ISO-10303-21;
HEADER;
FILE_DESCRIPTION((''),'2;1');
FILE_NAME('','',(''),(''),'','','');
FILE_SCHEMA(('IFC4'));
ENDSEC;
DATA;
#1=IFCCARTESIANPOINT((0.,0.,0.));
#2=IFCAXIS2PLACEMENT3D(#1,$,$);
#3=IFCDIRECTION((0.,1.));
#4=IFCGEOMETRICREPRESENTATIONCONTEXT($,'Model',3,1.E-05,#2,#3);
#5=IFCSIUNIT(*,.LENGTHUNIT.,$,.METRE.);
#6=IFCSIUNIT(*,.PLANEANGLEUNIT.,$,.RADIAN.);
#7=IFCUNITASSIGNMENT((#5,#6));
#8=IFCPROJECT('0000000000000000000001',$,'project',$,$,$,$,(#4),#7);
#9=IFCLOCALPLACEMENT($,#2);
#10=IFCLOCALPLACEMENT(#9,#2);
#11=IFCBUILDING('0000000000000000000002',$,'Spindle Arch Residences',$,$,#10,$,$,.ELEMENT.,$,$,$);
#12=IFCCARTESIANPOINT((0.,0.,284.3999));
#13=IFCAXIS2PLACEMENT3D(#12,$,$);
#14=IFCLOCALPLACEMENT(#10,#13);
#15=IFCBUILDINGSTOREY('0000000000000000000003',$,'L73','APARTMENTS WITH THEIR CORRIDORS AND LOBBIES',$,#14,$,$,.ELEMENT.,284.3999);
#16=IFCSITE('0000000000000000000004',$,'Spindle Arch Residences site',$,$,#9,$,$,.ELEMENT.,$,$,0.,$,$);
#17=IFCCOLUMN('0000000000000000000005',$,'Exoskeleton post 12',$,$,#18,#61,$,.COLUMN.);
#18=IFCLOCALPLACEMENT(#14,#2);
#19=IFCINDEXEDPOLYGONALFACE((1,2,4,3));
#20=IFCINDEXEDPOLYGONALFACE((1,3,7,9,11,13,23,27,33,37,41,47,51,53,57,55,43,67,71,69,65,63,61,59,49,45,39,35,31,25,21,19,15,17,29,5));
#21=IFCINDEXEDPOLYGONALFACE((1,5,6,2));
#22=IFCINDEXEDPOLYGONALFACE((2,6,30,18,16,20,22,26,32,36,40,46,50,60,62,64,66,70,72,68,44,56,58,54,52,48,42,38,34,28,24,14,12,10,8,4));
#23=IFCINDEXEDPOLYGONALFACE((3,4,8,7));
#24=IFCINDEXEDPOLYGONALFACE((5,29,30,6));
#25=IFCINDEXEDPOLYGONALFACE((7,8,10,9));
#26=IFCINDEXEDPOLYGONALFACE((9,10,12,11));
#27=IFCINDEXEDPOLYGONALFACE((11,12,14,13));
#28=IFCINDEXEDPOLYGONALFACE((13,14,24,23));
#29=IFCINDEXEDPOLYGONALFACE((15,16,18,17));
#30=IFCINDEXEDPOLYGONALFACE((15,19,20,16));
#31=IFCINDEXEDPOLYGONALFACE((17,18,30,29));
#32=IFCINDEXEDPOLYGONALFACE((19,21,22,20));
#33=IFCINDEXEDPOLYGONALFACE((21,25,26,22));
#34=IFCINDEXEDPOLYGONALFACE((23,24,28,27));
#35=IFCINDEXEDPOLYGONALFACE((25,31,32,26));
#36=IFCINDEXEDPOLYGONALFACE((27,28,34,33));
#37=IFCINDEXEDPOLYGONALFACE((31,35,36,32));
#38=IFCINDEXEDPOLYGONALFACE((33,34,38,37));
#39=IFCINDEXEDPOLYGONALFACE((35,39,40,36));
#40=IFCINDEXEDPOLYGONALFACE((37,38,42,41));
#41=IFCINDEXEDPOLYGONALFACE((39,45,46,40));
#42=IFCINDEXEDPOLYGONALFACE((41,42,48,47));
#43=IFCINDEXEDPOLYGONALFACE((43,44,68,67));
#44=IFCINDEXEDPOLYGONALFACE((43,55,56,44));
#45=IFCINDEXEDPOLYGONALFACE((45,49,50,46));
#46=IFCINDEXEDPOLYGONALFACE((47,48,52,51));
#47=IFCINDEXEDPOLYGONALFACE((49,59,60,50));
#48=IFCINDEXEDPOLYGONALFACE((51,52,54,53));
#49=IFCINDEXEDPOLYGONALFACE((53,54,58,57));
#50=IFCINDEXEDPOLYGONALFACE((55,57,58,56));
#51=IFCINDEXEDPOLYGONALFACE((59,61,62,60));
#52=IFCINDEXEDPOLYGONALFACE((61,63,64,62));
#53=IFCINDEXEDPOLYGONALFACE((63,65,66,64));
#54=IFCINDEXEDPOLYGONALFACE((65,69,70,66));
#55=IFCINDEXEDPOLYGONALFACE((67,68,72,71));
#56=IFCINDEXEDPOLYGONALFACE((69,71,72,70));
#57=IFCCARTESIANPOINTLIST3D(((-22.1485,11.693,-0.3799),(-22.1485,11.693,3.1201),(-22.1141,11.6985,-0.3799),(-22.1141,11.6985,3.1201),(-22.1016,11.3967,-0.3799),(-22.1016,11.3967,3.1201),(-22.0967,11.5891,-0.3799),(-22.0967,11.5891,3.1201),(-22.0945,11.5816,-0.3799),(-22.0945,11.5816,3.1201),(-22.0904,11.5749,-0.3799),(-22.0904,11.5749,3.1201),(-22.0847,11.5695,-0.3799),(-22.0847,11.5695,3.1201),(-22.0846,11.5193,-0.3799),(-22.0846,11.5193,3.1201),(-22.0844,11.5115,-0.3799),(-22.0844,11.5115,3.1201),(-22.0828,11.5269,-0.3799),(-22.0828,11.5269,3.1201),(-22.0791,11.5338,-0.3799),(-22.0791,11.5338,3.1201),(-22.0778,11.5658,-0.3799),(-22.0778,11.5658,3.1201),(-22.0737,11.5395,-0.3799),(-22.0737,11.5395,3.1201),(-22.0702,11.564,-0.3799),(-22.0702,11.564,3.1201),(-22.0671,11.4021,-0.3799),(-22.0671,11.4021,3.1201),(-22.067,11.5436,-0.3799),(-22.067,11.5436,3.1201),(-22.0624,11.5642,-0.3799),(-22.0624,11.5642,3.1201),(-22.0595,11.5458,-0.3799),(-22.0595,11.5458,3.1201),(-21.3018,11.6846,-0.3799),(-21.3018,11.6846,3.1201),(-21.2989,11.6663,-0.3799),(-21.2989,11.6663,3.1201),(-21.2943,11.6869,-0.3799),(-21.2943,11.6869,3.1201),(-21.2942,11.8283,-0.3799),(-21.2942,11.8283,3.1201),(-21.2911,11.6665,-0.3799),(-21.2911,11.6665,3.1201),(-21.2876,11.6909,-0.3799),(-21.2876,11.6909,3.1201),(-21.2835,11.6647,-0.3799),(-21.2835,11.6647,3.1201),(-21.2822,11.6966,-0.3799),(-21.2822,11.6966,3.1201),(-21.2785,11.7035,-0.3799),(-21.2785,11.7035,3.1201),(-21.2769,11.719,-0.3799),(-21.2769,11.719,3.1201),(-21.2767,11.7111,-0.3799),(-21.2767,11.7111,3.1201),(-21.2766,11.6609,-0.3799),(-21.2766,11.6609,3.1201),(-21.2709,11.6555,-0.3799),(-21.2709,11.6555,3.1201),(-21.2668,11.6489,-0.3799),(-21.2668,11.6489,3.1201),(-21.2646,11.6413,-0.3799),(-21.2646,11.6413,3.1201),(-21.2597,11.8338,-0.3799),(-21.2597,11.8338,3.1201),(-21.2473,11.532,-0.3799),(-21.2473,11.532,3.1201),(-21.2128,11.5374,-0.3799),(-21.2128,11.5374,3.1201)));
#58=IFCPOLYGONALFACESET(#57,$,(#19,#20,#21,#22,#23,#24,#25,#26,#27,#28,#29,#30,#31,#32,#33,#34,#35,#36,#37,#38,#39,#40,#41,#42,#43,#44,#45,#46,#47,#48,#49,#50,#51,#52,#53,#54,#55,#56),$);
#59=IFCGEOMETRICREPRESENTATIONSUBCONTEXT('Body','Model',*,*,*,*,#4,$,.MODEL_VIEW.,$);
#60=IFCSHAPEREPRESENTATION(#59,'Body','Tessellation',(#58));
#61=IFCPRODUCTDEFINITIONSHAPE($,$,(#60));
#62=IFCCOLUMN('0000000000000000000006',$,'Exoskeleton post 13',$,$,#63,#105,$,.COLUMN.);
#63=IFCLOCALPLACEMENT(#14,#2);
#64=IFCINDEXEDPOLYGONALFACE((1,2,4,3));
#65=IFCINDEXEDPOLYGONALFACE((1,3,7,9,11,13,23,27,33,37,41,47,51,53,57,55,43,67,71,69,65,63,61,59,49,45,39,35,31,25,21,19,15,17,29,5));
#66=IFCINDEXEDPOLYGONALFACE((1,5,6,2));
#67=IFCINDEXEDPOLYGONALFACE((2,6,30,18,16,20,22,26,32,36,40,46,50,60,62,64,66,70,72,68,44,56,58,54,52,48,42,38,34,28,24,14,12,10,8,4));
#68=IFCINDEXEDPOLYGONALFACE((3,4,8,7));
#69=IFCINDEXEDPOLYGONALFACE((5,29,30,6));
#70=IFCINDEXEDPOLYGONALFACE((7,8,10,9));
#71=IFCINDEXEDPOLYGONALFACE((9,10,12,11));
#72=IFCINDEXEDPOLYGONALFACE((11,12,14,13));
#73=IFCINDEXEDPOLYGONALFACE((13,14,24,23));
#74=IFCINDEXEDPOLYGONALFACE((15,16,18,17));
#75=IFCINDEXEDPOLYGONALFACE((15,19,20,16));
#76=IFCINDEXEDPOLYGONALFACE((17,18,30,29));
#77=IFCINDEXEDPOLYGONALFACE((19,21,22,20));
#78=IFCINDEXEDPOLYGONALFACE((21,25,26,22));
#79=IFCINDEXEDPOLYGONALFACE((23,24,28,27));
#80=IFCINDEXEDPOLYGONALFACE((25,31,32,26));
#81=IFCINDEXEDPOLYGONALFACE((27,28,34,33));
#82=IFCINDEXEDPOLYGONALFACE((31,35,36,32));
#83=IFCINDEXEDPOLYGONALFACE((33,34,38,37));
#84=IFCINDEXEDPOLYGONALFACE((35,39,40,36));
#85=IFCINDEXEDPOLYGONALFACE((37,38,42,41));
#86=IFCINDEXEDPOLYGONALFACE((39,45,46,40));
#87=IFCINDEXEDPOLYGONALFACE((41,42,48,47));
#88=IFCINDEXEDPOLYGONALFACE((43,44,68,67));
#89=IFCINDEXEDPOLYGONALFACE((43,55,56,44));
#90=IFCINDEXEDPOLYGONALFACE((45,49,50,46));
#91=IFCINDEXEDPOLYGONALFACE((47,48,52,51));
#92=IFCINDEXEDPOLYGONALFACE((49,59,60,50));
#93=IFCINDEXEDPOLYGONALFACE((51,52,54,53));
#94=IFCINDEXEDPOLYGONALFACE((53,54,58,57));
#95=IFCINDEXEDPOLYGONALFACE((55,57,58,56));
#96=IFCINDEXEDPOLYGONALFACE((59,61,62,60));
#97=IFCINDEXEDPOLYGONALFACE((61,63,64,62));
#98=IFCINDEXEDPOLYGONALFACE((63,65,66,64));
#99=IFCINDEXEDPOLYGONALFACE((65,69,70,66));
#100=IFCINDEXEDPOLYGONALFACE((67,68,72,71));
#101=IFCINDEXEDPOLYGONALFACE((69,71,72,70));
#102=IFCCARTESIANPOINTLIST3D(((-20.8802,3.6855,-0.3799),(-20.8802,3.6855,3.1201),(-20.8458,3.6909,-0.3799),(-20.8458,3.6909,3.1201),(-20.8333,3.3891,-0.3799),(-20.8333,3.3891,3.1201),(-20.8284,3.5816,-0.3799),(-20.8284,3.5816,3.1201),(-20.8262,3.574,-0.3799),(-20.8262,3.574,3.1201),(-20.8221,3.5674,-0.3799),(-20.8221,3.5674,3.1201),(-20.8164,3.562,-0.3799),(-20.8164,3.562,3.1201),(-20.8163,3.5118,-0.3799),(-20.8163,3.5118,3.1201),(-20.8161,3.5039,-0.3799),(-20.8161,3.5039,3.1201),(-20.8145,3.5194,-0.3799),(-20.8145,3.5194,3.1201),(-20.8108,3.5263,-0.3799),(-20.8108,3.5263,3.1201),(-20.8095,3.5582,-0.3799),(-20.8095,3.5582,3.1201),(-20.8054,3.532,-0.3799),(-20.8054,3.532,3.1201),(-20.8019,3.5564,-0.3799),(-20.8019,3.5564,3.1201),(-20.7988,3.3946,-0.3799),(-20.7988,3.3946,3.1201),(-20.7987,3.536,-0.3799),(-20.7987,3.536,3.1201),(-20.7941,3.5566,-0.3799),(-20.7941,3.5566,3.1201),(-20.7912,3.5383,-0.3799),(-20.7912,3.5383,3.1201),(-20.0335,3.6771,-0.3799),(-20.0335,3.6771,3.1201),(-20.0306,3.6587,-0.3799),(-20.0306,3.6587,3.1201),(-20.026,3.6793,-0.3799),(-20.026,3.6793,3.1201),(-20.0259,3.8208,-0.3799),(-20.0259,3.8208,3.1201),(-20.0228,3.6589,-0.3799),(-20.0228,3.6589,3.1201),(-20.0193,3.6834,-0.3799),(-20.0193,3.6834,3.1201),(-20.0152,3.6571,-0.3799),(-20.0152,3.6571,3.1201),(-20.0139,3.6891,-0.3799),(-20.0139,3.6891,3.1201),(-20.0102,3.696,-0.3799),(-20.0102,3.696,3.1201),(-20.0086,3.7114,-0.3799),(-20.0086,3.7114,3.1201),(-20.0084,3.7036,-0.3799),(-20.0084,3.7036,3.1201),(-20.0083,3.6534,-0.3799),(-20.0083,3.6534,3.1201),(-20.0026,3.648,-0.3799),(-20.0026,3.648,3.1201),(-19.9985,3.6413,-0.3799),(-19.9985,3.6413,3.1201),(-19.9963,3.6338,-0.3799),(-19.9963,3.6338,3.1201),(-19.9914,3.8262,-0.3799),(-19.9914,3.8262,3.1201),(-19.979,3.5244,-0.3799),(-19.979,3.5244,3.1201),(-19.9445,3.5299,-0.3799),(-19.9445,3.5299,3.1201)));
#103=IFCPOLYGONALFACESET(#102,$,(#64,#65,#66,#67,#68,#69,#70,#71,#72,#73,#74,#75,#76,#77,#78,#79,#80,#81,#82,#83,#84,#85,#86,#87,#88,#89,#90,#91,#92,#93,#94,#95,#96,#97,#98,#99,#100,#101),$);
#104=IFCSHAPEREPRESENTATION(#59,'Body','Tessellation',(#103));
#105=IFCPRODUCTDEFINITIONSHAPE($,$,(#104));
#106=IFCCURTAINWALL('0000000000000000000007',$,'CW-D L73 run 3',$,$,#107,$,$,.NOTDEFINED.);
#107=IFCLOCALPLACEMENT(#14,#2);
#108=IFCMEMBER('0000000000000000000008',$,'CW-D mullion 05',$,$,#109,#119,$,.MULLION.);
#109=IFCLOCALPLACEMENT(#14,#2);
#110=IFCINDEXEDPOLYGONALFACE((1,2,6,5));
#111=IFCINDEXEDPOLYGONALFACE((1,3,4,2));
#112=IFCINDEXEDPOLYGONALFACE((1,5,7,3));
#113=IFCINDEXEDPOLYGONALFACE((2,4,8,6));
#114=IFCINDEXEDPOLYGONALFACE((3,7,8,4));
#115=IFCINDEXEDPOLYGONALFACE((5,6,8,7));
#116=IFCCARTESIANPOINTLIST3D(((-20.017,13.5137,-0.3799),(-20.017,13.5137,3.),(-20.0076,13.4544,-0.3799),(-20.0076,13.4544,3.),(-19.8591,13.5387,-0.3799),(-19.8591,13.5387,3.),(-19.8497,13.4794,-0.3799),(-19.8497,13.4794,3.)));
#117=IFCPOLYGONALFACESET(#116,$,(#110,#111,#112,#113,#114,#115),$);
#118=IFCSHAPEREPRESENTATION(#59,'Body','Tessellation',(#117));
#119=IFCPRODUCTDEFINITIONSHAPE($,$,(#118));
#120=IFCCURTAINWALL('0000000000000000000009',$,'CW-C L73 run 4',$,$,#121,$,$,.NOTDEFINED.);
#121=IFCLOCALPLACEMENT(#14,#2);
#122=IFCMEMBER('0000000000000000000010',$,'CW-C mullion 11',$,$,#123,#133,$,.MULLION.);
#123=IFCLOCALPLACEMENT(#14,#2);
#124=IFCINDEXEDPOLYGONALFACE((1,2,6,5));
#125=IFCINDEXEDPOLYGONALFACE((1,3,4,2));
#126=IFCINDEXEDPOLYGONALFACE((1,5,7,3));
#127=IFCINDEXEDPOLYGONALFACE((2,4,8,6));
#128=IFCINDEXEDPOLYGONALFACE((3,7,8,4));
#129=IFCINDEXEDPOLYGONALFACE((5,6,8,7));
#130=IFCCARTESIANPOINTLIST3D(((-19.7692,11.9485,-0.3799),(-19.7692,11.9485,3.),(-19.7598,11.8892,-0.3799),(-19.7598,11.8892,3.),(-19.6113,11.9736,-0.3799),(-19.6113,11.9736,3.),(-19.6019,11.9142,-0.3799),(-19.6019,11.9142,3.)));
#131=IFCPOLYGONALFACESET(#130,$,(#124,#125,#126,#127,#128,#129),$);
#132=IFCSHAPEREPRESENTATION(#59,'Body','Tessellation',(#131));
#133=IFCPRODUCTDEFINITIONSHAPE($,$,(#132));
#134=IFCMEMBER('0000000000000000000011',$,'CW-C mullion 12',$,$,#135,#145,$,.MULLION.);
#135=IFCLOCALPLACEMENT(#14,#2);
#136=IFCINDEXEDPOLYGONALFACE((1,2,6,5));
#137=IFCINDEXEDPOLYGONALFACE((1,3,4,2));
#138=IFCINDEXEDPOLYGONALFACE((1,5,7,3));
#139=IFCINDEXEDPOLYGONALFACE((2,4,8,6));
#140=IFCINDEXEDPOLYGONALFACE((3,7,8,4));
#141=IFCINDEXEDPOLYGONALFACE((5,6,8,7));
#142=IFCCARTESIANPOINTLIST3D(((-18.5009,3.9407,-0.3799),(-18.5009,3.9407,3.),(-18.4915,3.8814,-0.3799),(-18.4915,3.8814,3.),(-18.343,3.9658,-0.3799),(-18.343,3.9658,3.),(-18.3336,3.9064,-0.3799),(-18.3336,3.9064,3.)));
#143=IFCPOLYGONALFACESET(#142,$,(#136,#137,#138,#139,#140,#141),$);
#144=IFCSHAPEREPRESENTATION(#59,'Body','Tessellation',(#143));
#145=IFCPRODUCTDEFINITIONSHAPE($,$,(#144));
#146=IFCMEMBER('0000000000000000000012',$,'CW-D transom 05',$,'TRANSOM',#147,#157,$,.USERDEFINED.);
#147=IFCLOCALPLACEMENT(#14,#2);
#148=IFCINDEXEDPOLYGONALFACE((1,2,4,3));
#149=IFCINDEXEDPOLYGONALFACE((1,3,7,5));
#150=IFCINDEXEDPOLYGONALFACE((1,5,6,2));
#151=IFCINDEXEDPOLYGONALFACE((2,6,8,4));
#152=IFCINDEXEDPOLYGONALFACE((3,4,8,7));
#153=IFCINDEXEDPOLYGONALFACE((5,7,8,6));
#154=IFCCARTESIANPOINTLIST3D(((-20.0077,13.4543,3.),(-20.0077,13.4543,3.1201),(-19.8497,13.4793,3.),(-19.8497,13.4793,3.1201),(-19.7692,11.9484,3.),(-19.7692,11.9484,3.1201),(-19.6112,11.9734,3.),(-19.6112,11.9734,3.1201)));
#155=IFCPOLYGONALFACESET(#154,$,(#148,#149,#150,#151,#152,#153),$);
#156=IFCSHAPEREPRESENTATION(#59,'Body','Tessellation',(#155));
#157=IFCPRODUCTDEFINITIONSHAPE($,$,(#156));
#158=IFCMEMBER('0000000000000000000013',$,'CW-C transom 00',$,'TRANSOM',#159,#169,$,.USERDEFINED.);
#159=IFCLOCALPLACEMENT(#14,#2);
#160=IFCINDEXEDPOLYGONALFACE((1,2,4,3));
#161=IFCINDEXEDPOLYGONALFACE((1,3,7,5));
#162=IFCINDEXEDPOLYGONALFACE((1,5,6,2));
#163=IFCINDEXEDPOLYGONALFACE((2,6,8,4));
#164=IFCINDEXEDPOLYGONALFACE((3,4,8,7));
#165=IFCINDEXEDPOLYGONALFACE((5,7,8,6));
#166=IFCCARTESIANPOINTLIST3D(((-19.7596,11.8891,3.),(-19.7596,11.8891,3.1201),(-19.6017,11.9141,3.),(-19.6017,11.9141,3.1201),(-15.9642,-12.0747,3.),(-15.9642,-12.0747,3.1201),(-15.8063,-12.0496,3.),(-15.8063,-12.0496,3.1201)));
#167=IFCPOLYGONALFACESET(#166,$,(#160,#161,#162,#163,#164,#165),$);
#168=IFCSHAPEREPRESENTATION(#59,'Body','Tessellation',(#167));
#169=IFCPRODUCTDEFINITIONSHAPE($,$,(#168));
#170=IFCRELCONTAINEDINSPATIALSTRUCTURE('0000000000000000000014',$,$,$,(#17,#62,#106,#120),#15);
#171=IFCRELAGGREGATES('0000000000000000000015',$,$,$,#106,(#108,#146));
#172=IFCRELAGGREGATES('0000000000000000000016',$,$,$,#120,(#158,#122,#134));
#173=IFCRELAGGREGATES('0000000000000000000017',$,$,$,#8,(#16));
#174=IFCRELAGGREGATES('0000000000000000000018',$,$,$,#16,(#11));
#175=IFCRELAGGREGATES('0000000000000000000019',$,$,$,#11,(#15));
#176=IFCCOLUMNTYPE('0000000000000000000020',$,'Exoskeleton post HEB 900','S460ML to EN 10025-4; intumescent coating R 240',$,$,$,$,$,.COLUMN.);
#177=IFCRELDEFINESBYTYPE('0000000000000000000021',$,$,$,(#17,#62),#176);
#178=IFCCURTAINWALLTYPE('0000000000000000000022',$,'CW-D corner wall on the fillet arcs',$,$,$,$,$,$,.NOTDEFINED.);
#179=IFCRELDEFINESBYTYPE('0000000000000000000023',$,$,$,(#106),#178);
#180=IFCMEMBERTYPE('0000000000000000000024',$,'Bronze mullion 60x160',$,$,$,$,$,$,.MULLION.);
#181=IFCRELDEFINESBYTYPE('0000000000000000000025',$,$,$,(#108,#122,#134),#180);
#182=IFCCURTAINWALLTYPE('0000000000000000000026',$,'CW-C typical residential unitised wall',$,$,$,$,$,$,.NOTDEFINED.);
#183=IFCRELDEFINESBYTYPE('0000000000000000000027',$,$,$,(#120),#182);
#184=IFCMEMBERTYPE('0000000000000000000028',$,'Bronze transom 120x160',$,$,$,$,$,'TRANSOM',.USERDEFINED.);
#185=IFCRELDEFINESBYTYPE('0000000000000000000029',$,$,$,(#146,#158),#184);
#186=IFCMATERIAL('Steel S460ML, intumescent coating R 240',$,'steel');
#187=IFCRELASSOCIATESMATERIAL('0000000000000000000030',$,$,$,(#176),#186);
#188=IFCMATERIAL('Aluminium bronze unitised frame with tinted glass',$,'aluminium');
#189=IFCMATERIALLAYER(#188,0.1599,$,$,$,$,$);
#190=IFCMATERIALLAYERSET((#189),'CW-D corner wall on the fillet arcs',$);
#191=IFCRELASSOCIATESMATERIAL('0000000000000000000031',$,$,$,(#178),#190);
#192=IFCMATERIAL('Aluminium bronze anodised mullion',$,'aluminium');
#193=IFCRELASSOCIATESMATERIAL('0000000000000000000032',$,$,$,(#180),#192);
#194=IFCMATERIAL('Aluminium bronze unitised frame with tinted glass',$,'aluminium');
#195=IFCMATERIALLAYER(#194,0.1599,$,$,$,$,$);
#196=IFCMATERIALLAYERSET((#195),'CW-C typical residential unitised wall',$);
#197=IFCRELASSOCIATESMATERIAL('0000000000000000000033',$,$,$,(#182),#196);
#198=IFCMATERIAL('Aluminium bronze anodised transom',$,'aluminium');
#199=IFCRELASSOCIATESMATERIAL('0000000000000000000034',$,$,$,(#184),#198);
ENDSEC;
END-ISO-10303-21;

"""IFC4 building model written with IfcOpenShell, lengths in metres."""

from ifc_helpers import new_model, si_unit, direction, frame, origin, origin_2d, place, context, subcontext, project, spatial, rectangle, i_section, extrude, material, layer, layer_set, material_profile, profile_set, type_object, element, aggregate, save


model = new_model("IFC4")

# Units and contexts
model_context = context("Model", 3, precision=1e-05, world=origin(), true_north=direction((0.0, 1.0)))
body_context = subcontext(model_context, "Body", "Model", "MODEL_VIEW")
ifc_project = project(units=[si_unit("LENGTHUNIT", "METRE"), si_unit("PLANEANGLEUNIT", "RADIAN")], contexts=[model_context])

# Site, building, storey
site_placement = place(None, origin())
site = spatial("IfcSite", under=ifc_project, at=site_placement, Name="Spindle Arch Residences site", CompositionType="ELEMENT", RefElevation=0.0)
building_placement = place(site_placement, origin())
building = spatial("IfcBuilding", under=site, at=building_placement, Name="Spindle Arch Residences", CompositionType="ELEMENT")
storey_placement = place(building_placement, frame((0.0, 0.0, 284.3999)))
storey = spatial("IfcBuildingStorey", under=building, at=storey_placement, Name="L73", Description="APARTMENTS WITH THEIR CORRIDORS AND LOBBIES", CompositionType="ELEMENT", Elevation=284.3999)

# Columns
ifc_material_1 = material(Name="Steel S460ML, intumescent coating R 240", Category="steel")
ifc_material_profile_1 = material_profile(ifc_material_1, i_section(OverallWidth=0.3, OverallDepth=0.8999, WebThickness=0.0186, FlangeThickness=0.0349, FilletRadius=0.03, at=origin_2d()), Name="HEB 900")
ifc_profile_set_1 = profile_set([ifc_material_profile_1], Name="Steel S460ML, intumescent coating R 240")
column_type = type_object("IfcColumnType", Name="Exoskeleton post HEB 900", Description="S460ML to EN 10025-4; intumescent coating R 240", PredefinedType="COLUMN", material=ifc_profile_set_1)
for number, where, z_axis, x_axis, name in (
    (1, (-21.6807, 11.6152, -0.3799), (0.0, 0.0, 1.0), (-0.156434, 0.987688, 0.0), "Exoskeleton post 12"),
    (2, (-20.4124, 3.6077, -0.3799), (0.0, 0.0, 1.0), (-0.156434, 0.987688, 0.0), "Exoskeleton post 13"),
):
    element("IfcColumn", number, at=place(storey_placement, frame(where, z_axis=z_axis, x_axis=x_axis)), inside=storey, type_object=column_type, Name=name, PredefinedType="COLUMN", context=body_context, shape_type="SweptSolid", body=[
        extrude(i_section(OverallWidth=0.3, OverallDepth=0.8999, WebThickness=0.0186, FlangeThickness=0.0349, FilletRadius=0.03, at=origin_2d()), origin(), (0.0, 0.0, 1.0), 3.5),
    ])

# Curtain wall, member
ifc_material_2 = material(Name="Aluminium bronze unitised frame with tinted glass", Category="aluminium")
ifc_layer_1 = layer(ifc_material_2, 0.1599)
ifc_layer_set_1 = layer_set([ifc_layer_1], Name="CW-D corner wall on the fillet arcs")
curtain_wall_type_1 = type_object("IfcCurtainWallType", Name="CW-D corner wall on the fillet arcs", PredefinedType="NOTDEFINED", material=ifc_layer_set_1)
curtain_wall_1_placement = place(storey_placement, origin())
curtain_wall_1 = element("IfcCurtainWall", 3, at=curtain_wall_1_placement, inside=storey, type_object=curtain_wall_type_1, Name="CW-D L73 run 3", PredefinedType="NOTDEFINED")
ifc_material_3 = material(Name="Aluminium bronze anodised mullion", Category="aluminium")
ifc_material_profile_2 = material_profile(ifc_material_3, rectangle(XDim=0.1599, YDim=0.0601, at=origin_2d()), Name="MU 60x160")
ifc_profile_set_2 = profile_set([ifc_material_profile_2], Name="Aluminium bronze anodised mullion")
member_type_1 = type_object("IfcMemberType", Name="Bronze mullion 60x160", PredefinedType="MULLION", material=ifc_profile_set_2)
member_1_placement = place(storey_placement, frame((-19.9333, 13.4966, -0.3799), z_axis=(0.0, 0.0, 1.0), x_axis=(0.987688, 0.156434, 0.0)))
member_1 = element("IfcMember", 4, at=member_1_placement, type_object=member_type_1, Name="CW-D mullion 05", PredefinedType="MULLION", context=body_context, shape_type="SweptSolid", body=[
    extrude(rectangle(XDim=0.1599, YDim=0.0601, at=origin_2d()), origin(), (0.0, 0.0, 1.0), 3.3799),
])

# Curtain wall, members
ifc_material_4 = material(Name="Aluminium bronze unitised frame with tinted glass", Category="aluminium")
ifc_layer_2 = layer(ifc_material_4, 0.1599)
ifc_layer_set_2 = layer_set([ifc_layer_2], Name="CW-C typical residential unitised wall")
curtain_wall_type_2 = type_object("IfcCurtainWallType", Name="CW-C typical residential unitised wall", PredefinedType="NOTDEFINED", material=ifc_layer_set_2)
curtain_wall_2_placement = place(storey_placement, origin())
curtain_wall_2 = element("IfcCurtainWall", 5, at=curtain_wall_2_placement, inside=storey, type_object=curtain_wall_type_2, Name="CW-C L73 run 4", PredefinedType="NOTDEFINED")
member_2_placement = place(storey_placement, frame((-19.6855, 11.9314, -0.3799), z_axis=(0.0, 0.0, 1.0), x_axis=(0.987688, 0.156434, 0.0)))
member_2 = element("IfcMember", 6, at=member_2_placement, type_object=member_type_1, Name="CW-C mullion 11", PredefinedType="MULLION", context=body_context, shape_type="SweptSolid", body=[
    extrude(rectangle(XDim=0.1599, YDim=0.0601, at=origin_2d()), origin(), (0.0, 0.0, 1.0), 3.3799),
])
member_3_placement = place(storey_placement, frame((-18.4172, 3.9236, -0.3799), z_axis=(0.0, 0.0, 1.0), x_axis=(0.987688, 0.156434, 0.0)))
member_3 = element("IfcMember", 7, at=member_3_placement, type_object=member_type_1, Name="CW-C mullion 12", PredefinedType="MULLION", context=body_context, shape_type="SweptSolid", body=[
    extrude(rectangle(XDim=0.1599, YDim=0.0601, at=origin_2d()), origin(), (0.0, 0.0, 1.0), 3.3799),
])

# Members
ifc_material_5 = material(Name="Aluminium bronze anodised transom", Category="aluminium")
ifc_material_profile_3 = material_profile(ifc_material_5, rectangle(XDim=0.1599, YDim=0.1201, at=origin_2d()), Name="TR 120x160")
ifc_profile_set_3 = profile_set([ifc_material_profile_3], Name="Aluminium bronze anodised transom")
member_type_2 = type_object("IfcMemberType", Name="Bronze transom 120x160", ElementType="TRANSOM", PredefinedType="USERDEFINED", material=ifc_profile_set_3)
member_4_placement = place(storey_placement, frame((-19.9287, 13.4668, 3.0601), z_axis=(0.156448, -0.987686, 0.0), x_axis=(0.987686, 0.156448, 0.0)))
member_4 = element("IfcMember", 8, at=member_4_placement, type_object=member_type_2, Name="CW-D transom 05", ObjectType="TRANSOM", PredefinedType="USERDEFINED", context=body_context, shape_type="SweptSolid", body=[
    extrude(rectangle(XDim=0.1599, YDim=0.1201, at=origin_2d()), origin(), (0.0, 0.0, 1.0), 1.5247),
])
member_5_placement = place(storey_placement, frame((-19.6807, 11.9016, 3.0601), z_axis=(0.156431, -0.987689, 0.0), x_axis=(0.987689, 0.156431, 0.0)))
member_5 = element("IfcMember", 9, at=member_5_placement, type_object=member_type_2, Name="CW-C transom 00", ObjectType="TRANSOM", PredefinedType="USERDEFINED", context=body_context, shape_type="SweptSolid", body=[
    extrude(rectangle(XDim=0.1599, YDim=0.1201, at=origin_2d()), origin(), (0.0, 0.0, 1.0), 24.2625),
])

aggregate(curtain_wall_1, [member_1, member_4])
aggregate(curtain_wall_2, [member_5, member_2, member_3])

save(model, "model.ifc")
